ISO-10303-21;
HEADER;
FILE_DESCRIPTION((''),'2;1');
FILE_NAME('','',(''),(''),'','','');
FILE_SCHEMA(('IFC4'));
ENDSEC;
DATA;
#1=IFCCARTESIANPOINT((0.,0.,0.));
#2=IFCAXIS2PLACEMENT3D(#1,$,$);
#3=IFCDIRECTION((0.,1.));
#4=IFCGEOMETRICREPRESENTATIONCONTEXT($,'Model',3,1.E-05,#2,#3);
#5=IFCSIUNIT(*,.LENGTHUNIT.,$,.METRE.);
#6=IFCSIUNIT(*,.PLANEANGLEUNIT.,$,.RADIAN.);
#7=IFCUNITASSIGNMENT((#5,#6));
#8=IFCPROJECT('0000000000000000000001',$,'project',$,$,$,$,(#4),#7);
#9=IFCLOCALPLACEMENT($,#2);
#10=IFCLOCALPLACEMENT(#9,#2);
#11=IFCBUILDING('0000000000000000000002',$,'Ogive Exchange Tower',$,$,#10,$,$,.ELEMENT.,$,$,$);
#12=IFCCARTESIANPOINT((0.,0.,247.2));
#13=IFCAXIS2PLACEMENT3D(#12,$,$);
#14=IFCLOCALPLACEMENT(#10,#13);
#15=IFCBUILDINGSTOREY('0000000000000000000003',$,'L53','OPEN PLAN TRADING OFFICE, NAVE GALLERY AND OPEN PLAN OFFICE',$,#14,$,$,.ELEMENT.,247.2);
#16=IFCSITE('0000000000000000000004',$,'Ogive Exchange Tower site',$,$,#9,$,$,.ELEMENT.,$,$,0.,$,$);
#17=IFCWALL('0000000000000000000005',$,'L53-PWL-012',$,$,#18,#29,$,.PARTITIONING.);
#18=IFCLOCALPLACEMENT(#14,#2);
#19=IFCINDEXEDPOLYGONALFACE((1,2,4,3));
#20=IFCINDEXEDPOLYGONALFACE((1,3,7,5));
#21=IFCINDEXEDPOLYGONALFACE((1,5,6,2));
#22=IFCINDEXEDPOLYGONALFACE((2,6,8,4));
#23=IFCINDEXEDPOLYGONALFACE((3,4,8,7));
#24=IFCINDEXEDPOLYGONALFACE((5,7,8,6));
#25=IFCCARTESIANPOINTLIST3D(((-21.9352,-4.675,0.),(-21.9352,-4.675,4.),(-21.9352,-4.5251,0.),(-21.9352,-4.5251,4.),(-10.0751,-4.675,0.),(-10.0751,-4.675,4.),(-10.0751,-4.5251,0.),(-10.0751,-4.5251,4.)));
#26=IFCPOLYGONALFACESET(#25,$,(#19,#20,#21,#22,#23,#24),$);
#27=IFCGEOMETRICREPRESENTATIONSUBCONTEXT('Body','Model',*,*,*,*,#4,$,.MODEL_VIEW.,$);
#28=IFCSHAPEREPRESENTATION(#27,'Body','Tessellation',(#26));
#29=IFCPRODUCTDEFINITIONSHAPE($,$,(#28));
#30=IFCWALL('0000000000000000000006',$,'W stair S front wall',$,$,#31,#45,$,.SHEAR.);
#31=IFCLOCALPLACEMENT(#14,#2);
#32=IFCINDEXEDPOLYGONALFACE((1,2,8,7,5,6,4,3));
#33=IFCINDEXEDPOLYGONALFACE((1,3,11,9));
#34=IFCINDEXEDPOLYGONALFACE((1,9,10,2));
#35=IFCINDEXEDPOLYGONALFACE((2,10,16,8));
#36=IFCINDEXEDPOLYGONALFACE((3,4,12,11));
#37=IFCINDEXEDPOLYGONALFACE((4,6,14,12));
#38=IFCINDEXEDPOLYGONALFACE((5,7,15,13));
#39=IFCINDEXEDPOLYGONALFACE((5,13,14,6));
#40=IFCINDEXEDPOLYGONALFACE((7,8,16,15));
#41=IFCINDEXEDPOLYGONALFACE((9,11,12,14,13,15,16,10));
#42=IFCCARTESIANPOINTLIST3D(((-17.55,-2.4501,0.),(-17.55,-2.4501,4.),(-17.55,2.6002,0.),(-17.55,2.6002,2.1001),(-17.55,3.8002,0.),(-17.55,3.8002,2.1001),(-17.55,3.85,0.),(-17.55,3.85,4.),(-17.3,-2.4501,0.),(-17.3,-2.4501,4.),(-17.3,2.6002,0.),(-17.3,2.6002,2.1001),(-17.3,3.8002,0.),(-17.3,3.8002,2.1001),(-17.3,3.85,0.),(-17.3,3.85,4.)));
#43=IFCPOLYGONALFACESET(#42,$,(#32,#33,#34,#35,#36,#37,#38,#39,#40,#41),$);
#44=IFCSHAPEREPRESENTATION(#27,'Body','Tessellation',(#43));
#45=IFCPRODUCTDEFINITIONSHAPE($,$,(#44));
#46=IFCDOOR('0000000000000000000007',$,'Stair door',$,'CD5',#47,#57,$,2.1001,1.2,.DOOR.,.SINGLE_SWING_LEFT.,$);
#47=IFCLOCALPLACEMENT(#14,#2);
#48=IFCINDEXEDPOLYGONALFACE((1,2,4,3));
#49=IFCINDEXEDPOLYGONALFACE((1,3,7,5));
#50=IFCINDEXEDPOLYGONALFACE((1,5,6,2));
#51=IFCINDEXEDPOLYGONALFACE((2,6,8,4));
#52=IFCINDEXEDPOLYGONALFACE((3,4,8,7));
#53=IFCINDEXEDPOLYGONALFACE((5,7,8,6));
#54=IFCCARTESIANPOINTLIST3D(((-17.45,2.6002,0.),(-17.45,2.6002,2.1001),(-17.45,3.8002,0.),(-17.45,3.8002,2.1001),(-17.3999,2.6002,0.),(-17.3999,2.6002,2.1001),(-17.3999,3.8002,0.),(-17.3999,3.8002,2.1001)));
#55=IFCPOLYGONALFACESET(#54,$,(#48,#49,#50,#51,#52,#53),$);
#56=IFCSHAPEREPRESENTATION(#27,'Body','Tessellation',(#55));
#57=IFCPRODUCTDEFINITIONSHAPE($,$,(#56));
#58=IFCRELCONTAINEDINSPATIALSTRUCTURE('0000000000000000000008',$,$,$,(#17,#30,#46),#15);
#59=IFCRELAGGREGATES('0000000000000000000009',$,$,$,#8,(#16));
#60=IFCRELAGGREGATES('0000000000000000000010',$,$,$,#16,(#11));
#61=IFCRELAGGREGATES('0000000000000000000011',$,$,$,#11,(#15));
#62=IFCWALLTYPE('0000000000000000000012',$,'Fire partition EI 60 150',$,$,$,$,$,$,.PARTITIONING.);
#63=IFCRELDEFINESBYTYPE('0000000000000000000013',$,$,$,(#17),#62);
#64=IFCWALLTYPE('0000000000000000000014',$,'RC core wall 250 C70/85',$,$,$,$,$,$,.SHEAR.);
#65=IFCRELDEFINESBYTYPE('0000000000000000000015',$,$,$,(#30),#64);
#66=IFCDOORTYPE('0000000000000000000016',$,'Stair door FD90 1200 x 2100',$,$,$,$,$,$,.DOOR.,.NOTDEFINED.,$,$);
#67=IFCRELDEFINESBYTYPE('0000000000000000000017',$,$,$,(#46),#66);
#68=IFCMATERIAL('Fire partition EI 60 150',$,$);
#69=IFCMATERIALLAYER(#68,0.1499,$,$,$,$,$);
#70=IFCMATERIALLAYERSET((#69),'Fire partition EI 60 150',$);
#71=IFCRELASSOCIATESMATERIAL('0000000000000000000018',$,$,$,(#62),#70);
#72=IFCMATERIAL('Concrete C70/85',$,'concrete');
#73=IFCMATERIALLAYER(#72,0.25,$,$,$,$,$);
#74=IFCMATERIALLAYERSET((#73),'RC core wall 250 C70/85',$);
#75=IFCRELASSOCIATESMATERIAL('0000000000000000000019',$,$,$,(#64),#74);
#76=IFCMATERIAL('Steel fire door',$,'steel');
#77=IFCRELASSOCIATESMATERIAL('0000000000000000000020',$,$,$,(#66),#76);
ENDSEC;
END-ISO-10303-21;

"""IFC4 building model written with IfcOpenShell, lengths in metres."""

from ifc_helpers import new_model, si_unit, direction, frame, frame_2d, origin, place, context, subcontext, project, spatial, rectangle, extrude, material, layer, layer_set, type_object, element, fill, save


model = new_model("IFC4")

# Units and contexts
model_context = context("Model", 3, precision=1e-05, world=origin(), true_north=direction((0.0, 1.0)))
body_context = subcontext(model_context, "Body", "Model", "MODEL_VIEW")
ifc_project = project(units=[si_unit("LENGTHUNIT", "METRE"), si_unit("PLANEANGLEUNIT", "RADIAN")], contexts=[model_context])

# Site, building, storey
site_placement = place(None, origin())
site = spatial("IfcSite", under=ifc_project, at=site_placement, Name="Ogive Exchange Tower site", CompositionType="ELEMENT", RefElevation=0.0)
building_placement = place(site_placement, origin())
building = spatial("IfcBuilding", under=site, at=building_placement, Name="Ogive Exchange Tower", CompositionType="ELEMENT")
storey_placement = place(building_placement, frame((0.0, 0.0, 247.2)))
storey = spatial("IfcBuildingStorey", under=building, at=storey_placement, Name="L53", Description="OPEN PLAN TRADING OFFICE, NAVE GALLERY AND OPEN PLAN OFFICE", CompositionType="ELEMENT", Elevation=247.2)

# Wall
ifc_material_1 = material(Name="Fire partition EI 60 150")
ifc_layer_1 = layer(ifc_material_1, 0.1499)
ifc_layer_set_1 = layer_set([ifc_layer_1], Name="Fire partition EI 60 150")
wall_type_1 = type_object("IfcWallType", Name="Fire partition EI 60 150", PredefinedType="PARTITIONING", material=ifc_layer_set_1)
wall_1_placement = place(storey_placement, frame((-10.075, -4.6001, 0.0), z_axis=(0.0, 0.0, 1.0), x_axis=(-1.0, 0.0, 0.0)))
element("IfcWall", 1, at=wall_1_placement, inside=storey, type_object=wall_type_1, Name="L53-PWL-012", PredefinedType="PARTITIONING", context=body_context, shape_type="SweptSolid", body=[
    extrude(rectangle(XDim=11.8601, YDim=0.1499, at=frame_2d((5.9302, 0.0))), origin(), (0.0, 0.0, 1.0), 4.0),
])

# Wall, opening, door
ifc_material_2 = material(Name="Concrete C70/85", Category="concrete")
ifc_layer_2 = layer(ifc_material_2, 0.25)
ifc_layer_set_2 = layer_set([ifc_layer_2], Name="RC core wall 250 C70/85")
wall_type_2 = type_object("IfcWallType", Name="RC core wall 250 C70/85", PredefinedType="SHEAR", material=ifc_layer_set_2)
wall_2_placement = place(storey_placement, frame((-17.425, -2.45, 0.0), z_axis=(0.0, 0.0, 1.0), x_axis=(0.0, 1.0, 0.0)))
wall_2 = element("IfcWall", 2, at=wall_2_placement, inside=storey, type_object=wall_type_2, Name="W stair S front wall", PredefinedType="SHEAR", context=body_context, shape_type="SweptSolid", body=[
    extrude(rectangle(XDim=6.3, YDim=0.25, at=frame_2d((3.1499, 0.0))), origin(), (0.0, 0.0, 1.0), 4.0),
])
opening_1_placement = place(wall_2_placement, frame((5.05, 0.0, 0.0)))
opening_1 = element("IfcOpeningElement", 3, at=opening_1_placement, cuts=wall_2, PredefinedType="OPENING", context=body_context, shape_type="SweptSolid", body=[
    extrude(rectangle(XDim=1.2, YDim=2.1001, at=frame_2d((0.6001, 1.05))), frame((0.0, 0.135, 0.0), z_axis=(0.0, -1.0, 0.0), x_axis=(1.0, 0.0, 0.0)), (0.0, 0.0, 1.0), 0.27),
])
ifc_material_3 = material(Name="Steel fire door", Category="steel")
door_type_1 = type_object("IfcDoorType", Name="Stair door FD90 1200 x 2100", OperationType="NOTDEFINED", PredefinedType="DOOR", material=ifc_material_3)
door_1_placement = place(opening_1_placement, origin())
door_1 = element("IfcDoor", 4, at=door_1_placement, inside=storey, type_object=door_type_1, Name="Stair door", ObjectType="CD5", OperationType="SINGLE_SWING_LEFT", OverallHeight=2.1001, OverallWidth=1.2, PredefinedType="DOOR", context=body_context, shape_type="SweptSolid", body=[
    extrude(rectangle(XDim=1.2, YDim=2.1001, at=frame_2d((0.6001, 1.05))), frame((0.0, 0.0249, 0.0), z_axis=(0.0, -1.0, 0.0), x_axis=(1.0, 0.0, 0.0)), (0.0, 0.0, 1.0), 0.05),
])
fill(opening_1, door_1)

save(model, "model.ifc")
